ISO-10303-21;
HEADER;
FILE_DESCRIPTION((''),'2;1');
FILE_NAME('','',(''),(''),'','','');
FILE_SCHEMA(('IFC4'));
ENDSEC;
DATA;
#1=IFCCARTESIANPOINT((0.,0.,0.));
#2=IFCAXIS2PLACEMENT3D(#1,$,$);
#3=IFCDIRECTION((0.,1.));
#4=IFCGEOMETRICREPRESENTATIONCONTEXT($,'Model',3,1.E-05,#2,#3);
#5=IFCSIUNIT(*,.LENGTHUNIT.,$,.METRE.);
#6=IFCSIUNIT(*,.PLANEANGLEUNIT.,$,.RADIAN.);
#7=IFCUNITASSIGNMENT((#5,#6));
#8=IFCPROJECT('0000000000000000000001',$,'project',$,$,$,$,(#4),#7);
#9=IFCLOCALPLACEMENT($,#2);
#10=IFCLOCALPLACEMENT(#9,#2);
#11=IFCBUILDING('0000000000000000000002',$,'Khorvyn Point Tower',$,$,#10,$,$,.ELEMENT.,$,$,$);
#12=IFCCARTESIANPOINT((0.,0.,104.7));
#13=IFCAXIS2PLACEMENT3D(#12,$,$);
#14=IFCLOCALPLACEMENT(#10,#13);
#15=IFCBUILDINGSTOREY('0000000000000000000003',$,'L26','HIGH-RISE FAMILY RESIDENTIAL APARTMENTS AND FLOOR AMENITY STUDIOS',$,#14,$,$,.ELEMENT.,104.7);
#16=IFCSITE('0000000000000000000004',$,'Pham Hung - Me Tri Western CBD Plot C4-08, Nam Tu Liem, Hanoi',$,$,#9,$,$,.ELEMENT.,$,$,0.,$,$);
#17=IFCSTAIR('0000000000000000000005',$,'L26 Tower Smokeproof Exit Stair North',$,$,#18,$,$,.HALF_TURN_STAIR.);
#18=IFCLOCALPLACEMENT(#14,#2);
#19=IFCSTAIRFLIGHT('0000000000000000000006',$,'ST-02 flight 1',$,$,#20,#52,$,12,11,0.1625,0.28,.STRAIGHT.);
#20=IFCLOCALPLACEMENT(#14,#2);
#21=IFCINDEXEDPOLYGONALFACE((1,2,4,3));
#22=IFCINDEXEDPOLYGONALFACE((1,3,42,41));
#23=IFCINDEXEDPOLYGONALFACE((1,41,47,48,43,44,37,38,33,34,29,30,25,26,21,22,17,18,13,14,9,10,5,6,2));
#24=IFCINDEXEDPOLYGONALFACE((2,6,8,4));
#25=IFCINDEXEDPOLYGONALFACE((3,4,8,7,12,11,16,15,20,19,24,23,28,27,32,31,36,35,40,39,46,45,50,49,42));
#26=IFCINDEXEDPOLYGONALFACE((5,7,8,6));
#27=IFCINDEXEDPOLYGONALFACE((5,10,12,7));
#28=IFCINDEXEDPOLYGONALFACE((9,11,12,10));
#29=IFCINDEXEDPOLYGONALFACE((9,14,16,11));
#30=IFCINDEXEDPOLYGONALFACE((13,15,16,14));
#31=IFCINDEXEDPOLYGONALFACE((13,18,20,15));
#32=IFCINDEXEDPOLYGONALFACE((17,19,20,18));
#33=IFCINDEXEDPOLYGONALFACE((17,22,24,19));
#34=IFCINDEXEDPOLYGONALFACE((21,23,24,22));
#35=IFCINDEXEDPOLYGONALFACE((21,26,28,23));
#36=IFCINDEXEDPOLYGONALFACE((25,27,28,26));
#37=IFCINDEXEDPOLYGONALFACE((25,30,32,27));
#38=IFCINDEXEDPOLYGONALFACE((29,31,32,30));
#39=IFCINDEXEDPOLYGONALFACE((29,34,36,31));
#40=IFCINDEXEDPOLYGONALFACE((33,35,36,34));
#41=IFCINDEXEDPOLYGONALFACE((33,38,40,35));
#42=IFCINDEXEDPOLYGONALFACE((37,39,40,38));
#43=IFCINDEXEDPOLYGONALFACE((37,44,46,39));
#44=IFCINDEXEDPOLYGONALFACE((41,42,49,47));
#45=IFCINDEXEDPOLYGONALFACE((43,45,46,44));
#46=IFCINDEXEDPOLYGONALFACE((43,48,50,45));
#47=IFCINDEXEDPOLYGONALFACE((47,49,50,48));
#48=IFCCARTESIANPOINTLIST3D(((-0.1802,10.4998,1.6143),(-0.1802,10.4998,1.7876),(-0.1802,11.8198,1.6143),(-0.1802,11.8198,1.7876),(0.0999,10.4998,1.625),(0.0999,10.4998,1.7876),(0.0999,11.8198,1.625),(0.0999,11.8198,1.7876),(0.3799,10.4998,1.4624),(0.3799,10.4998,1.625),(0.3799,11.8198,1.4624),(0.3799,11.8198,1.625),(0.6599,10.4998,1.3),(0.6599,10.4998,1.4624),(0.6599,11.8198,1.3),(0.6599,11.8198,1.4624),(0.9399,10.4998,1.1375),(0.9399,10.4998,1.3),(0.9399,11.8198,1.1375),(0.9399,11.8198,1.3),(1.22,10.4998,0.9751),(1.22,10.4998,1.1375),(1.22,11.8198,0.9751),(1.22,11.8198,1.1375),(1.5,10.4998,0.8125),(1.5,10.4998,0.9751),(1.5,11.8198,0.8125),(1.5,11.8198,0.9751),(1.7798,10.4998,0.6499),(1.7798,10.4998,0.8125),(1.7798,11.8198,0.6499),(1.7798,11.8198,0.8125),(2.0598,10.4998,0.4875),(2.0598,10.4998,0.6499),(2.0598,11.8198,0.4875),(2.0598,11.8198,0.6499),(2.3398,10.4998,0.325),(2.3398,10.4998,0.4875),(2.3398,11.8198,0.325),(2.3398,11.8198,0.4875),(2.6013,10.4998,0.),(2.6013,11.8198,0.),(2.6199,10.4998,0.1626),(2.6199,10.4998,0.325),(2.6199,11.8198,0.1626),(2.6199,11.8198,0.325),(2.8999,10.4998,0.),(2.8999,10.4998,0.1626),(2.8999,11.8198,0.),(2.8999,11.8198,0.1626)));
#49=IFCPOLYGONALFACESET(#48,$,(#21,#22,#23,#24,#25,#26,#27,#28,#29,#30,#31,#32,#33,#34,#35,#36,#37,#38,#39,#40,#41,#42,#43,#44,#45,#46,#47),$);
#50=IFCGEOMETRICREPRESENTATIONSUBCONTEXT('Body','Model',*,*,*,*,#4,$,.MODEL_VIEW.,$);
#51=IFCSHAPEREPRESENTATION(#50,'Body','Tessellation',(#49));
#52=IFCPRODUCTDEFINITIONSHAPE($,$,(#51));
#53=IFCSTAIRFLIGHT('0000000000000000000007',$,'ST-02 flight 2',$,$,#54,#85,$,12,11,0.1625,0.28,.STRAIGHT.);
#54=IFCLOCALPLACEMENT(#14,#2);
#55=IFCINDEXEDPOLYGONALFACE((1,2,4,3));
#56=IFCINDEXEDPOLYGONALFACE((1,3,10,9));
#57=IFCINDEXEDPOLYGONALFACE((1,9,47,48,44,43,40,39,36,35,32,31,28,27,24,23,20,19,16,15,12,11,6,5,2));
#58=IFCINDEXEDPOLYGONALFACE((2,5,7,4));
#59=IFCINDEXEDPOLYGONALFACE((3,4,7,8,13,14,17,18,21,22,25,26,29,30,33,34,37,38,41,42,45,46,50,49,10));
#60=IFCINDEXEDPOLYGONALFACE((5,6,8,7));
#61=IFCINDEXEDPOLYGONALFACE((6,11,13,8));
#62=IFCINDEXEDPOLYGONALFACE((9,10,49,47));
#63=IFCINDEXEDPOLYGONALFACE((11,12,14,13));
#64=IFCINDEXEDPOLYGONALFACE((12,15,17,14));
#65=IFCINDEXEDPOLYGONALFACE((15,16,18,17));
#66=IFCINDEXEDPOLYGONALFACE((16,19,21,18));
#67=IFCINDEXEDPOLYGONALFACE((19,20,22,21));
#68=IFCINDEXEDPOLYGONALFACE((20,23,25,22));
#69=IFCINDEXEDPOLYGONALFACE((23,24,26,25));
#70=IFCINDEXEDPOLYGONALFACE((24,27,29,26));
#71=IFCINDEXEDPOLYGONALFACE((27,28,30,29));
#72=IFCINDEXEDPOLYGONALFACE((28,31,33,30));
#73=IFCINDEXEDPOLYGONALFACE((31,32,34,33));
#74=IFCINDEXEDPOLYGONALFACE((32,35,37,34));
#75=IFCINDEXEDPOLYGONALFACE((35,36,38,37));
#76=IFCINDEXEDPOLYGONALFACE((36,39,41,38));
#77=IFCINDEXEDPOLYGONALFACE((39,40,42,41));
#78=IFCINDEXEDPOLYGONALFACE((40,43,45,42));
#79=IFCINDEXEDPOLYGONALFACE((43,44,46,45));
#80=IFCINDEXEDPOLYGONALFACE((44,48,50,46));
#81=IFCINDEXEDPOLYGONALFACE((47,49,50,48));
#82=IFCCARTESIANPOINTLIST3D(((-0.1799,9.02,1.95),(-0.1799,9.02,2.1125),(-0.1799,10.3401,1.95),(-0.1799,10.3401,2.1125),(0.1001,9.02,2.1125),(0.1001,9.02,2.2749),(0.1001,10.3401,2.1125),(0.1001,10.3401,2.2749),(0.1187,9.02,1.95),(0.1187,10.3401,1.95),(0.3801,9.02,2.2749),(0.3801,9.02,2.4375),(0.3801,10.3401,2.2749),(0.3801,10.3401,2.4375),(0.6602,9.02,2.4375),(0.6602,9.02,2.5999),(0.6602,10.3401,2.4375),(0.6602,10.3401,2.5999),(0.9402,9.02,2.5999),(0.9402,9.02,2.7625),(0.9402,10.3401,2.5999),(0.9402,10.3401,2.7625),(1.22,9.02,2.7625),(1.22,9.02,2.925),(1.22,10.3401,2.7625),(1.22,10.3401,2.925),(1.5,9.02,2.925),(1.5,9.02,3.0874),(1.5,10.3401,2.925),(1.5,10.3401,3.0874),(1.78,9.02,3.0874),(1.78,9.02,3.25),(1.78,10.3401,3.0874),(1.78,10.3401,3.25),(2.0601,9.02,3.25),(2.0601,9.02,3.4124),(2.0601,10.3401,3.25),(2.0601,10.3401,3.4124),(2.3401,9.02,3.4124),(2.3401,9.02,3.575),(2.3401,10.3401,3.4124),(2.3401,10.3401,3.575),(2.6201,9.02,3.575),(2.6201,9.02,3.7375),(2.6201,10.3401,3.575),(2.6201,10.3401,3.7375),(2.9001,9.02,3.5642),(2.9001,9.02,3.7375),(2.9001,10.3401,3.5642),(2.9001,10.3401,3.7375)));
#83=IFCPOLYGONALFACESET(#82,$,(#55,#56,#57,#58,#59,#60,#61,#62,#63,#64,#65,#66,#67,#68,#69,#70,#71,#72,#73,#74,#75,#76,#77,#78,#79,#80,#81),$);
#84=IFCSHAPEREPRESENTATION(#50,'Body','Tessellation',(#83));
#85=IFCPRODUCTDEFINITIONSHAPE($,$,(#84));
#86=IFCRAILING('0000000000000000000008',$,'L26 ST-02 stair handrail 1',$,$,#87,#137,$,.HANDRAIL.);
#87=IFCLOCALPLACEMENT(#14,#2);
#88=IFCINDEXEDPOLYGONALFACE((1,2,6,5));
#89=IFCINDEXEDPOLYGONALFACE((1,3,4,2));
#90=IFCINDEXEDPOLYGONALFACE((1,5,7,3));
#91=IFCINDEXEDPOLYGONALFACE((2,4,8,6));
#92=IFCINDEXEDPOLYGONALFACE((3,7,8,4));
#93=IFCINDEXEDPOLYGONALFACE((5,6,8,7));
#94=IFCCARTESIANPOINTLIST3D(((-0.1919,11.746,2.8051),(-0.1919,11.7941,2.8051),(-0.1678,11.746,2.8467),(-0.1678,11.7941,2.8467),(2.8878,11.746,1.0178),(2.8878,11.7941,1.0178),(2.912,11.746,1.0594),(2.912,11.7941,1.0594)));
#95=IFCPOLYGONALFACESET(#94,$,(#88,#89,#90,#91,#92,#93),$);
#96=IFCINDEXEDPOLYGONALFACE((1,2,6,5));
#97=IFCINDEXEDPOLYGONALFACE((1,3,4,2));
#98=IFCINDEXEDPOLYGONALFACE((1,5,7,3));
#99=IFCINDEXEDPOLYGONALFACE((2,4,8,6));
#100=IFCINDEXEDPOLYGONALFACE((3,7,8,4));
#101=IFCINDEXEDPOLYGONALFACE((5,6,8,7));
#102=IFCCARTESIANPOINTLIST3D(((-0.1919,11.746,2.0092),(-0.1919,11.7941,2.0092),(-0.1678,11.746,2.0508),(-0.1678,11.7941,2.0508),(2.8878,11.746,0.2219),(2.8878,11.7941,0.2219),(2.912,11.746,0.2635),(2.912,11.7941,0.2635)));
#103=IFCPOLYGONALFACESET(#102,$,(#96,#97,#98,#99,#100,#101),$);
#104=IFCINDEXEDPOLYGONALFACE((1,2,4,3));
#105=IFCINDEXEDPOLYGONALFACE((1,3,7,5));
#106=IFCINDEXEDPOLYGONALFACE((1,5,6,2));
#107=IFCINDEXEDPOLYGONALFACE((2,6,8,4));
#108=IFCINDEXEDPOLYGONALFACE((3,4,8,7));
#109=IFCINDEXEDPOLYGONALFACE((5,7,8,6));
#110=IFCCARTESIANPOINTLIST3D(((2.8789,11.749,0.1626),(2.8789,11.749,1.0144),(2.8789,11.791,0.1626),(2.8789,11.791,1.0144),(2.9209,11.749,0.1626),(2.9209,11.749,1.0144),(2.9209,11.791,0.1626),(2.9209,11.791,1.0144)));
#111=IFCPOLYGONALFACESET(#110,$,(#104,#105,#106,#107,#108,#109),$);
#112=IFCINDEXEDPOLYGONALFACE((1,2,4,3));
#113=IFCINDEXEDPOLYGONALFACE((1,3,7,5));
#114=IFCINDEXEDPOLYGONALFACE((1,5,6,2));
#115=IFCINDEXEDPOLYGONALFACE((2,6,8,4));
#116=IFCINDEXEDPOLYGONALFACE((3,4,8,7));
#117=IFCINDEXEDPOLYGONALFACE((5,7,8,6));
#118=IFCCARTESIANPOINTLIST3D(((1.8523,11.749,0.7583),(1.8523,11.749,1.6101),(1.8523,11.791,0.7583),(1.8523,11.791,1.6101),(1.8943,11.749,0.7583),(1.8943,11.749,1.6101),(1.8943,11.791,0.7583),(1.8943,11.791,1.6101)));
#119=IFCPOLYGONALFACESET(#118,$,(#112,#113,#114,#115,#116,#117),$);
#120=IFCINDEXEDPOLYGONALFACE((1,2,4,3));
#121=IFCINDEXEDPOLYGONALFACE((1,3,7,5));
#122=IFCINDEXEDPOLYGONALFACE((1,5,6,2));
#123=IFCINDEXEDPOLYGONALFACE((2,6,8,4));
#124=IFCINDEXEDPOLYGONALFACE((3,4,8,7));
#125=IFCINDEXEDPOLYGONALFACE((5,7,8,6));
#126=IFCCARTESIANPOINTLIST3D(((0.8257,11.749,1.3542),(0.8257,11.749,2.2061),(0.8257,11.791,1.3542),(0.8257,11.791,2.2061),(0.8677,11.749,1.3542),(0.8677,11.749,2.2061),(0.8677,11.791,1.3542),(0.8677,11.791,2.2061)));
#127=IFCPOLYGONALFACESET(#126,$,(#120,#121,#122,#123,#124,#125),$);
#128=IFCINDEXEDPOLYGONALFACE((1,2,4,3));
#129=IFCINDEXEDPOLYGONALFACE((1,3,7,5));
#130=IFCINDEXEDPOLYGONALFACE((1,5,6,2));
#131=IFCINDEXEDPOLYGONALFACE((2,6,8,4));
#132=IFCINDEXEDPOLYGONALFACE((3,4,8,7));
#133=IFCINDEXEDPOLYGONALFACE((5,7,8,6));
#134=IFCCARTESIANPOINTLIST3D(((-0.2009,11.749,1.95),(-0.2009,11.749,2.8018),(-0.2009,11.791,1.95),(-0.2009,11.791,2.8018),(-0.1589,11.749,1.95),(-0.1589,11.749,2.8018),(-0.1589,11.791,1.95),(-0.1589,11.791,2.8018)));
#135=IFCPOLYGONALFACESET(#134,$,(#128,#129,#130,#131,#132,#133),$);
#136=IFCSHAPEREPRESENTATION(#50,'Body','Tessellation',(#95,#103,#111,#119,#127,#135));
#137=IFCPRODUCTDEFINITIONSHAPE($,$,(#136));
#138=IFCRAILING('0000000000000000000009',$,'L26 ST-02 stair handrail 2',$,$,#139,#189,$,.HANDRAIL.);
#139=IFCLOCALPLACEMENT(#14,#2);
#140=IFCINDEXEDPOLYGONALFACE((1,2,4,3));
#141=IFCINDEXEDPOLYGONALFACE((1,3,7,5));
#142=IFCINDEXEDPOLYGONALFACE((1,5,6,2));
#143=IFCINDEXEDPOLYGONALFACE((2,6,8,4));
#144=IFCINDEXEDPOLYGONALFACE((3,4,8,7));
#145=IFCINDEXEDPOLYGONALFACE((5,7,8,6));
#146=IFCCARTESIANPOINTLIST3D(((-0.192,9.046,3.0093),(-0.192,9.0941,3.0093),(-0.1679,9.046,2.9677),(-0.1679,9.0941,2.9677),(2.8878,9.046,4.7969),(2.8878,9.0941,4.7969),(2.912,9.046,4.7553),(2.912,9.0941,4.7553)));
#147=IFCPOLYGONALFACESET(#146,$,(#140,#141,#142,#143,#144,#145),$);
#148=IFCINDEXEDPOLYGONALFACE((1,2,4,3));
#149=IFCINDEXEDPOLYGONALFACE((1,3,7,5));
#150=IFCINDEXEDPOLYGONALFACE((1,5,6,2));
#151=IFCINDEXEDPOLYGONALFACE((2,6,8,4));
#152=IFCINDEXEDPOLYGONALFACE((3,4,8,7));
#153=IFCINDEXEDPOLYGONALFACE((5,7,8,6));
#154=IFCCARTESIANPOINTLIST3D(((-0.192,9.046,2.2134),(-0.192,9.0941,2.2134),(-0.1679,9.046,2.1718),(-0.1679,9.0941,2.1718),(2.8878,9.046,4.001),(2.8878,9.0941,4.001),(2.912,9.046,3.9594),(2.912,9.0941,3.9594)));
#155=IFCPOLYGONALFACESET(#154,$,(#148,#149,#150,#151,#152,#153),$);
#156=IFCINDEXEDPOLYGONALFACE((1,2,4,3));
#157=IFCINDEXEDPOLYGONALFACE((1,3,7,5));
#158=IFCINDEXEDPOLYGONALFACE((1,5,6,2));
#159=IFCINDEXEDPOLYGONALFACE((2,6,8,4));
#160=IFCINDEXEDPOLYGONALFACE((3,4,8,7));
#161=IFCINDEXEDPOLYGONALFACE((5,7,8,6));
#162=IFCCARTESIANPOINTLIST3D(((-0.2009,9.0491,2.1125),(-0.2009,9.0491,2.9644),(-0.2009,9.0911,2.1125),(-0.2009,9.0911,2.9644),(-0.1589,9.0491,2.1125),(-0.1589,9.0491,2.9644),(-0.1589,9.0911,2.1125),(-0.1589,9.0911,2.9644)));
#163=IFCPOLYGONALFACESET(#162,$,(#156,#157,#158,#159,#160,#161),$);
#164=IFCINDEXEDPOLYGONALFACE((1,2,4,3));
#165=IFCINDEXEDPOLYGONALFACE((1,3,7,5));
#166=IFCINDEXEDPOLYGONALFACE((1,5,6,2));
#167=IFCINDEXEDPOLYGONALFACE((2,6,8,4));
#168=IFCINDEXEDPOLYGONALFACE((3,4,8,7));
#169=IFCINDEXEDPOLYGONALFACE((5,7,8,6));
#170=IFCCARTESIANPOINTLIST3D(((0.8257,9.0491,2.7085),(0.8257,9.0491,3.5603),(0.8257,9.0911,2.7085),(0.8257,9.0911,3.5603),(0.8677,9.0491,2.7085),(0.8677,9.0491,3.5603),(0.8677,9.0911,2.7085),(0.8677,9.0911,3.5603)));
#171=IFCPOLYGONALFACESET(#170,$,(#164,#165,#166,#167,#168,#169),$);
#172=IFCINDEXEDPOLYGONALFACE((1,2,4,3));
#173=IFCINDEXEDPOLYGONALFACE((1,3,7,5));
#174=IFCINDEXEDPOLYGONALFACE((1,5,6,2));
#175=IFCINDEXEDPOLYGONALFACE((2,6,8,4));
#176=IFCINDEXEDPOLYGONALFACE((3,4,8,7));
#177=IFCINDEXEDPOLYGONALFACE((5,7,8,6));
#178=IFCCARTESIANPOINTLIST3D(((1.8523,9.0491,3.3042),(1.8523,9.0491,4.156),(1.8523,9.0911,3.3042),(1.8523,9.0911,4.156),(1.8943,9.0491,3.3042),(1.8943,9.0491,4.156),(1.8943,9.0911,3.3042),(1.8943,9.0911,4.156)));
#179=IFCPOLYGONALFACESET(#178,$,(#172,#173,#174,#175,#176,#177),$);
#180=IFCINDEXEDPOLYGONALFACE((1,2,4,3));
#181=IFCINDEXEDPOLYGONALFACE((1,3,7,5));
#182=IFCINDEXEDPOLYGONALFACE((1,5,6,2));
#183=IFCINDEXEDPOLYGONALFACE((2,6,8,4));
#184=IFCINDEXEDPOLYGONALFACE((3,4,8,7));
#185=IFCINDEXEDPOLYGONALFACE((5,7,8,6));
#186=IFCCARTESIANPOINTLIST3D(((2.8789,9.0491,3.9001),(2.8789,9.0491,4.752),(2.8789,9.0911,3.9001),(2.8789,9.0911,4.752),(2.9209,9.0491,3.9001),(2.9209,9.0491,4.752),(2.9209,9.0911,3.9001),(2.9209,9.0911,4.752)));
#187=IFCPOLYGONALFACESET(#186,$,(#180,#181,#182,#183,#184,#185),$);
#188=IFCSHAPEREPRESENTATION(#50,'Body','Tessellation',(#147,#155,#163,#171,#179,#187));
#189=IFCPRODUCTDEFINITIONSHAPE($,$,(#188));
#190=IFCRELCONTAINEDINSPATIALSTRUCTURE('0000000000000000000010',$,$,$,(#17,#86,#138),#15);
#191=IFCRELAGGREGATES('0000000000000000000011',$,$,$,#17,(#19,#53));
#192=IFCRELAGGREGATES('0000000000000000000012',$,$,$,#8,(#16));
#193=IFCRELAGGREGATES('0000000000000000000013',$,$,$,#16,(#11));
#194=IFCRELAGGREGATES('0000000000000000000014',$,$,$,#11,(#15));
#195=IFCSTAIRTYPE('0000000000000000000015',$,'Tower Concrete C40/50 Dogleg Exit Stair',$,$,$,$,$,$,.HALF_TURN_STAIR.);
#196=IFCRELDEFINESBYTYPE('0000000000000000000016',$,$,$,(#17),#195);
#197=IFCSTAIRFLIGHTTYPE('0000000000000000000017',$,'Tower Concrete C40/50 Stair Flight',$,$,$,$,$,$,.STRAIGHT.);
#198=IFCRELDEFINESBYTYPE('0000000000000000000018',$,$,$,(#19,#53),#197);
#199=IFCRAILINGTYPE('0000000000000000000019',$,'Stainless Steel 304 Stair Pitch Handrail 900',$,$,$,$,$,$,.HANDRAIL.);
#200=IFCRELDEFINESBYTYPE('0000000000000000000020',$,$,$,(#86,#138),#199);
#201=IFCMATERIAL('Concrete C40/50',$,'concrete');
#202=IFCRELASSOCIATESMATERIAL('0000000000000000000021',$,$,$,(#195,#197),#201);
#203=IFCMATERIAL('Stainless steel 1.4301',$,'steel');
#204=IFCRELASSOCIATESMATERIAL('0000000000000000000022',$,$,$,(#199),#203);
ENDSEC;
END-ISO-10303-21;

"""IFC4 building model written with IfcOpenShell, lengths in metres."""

from ifc_helpers import new_model, si_unit, direction, frame, origin, origin_2d, place, context, subcontext, project, spatial, polyline, rectangle, outline, extrude, material, type_object, element, aggregate, save


model = new_model("IFC4")

# Units and contexts
model_context = context("Model", 3, precision=1e-05, world=origin(), true_north=direction((0.0, 1.0)))
body_context = subcontext(model_context, "Body", "Model", "MODEL_VIEW")
ifc_project = project(units=[si_unit("LENGTHUNIT", "METRE"), si_unit("PLANEANGLEUNIT", "RADIAN")], contexts=[model_context])

# Site, building, storey
site_placement = place(None, origin())
site = spatial("IfcSite", under=ifc_project, at=site_placement, Name="Pham Hung - Me Tri Western CBD Plot C4-08, Nam Tu Liem, Hanoi", CompositionType="ELEMENT", RefElevation=0.0)
building_placement = place(site_placement, origin())
building = spatial("IfcBuilding", under=site, at=building_placement, Name="Khorvyn Point Tower", CompositionType="ELEMENT")
storey_placement = place(building_placement, frame((0.0, 0.0, 104.7)))
storey = spatial("IfcBuildingStorey", under=building, at=storey_placement, Name="L26", Description="HIGH-RISE FAMILY RESIDENTIAL APARTMENTS AND FLOOR AMENITY STUDIOS", CompositionType="ELEMENT", Elevation=104.7)

# Shared definitions
ifc_material_1 = material(Name="Concrete C40/50", Category="concrete")

# Shared definitions
ifc_material_2 = material(Name="Stainless steel 1.4301", Category="steel")

# Stair, stair flights
stair_type = type_object("IfcStairType", Name="Tower Concrete C40/50 Dogleg Exit Stair", PredefinedType="HALF_TURN_STAIR", material=ifc_material_1)
stair_placement = place(storey_placement, origin())
stair = element("IfcStair", 1, at=stair_placement, inside=storey, type_object=stair_type, Name="L26 Tower Smokeproof Exit Stair North", PredefinedType="HALF_TURN_STAIR")
stair_flight_type = type_object("IfcStairFlightType", Name="Tower Concrete C40/50 Stair Flight", PredefinedType="STRAIGHT", material=ifc_material_1)
stair_flight_1_placement = place(storey_placement, frame((2.8999, 11.1599, 0.0), z_axis=(0.0, 0.0, 1.0), x_axis=(-1.0, 0.0, 0.0)))
stair_flight_1 = element("IfcStairFlight", 2, at=stair_flight_1_placement, type_object=stair_flight_type, Name="ST-02 flight 1", NumberOfRisers=12, NumberOfTreads=11, PredefinedType="STRAIGHT", RiserHeight=0.1625, TreadLength=0.28, context=body_context, shape_type="SweptSolid", body=[
    extrude(outline(polyline([(0.0, 0.0), (0.0, 0.1626), (0.28, 0.1626), (0.28, 0.325), (0.5601, 0.325), (0.5601, 0.4875), (0.8401, 0.4875), (0.8401, 0.6499), (1.1201, 0.6499), (1.1201, 0.8125), (1.3999, 0.8125), (1.3999, 0.9751), (1.6799, 0.9751), (1.6799, 1.1375), (1.96, 1.1375), (1.96, 1.3), (2.24, 1.3), (2.24, 1.4624), (2.52, 1.4624), (2.52, 1.625), (2.8, 1.625), (2.8, 1.7876), (3.0801, 1.7876), (3.0801, 1.95), (3.0801, 1.6143), (0.2986, 0.0), (0.0, 0.0)])), frame((0.0, 0.6602, 0.0), z_axis=(0.0, -1.0, 0.0), x_axis=(1.0, 0.0, 0.0)), (0.0, 0.0, 1.0), 1.3201),
])
stair_flight_2_placement = place(storey_placement, frame((-0.1799, 9.6799, 1.95), z_axis=(0.0, 0.0, 1.0), x_axis=(1.0, 0.0, 0.0)))
stair_flight_2 = element("IfcStairFlight", 3, at=stair_flight_2_placement, type_object=stair_flight_type, Name="ST-02 flight 2", NumberOfRisers=12, NumberOfTreads=11, PredefinedType="STRAIGHT", RiserHeight=0.1625, TreadLength=0.28, context=body_context, shape_type="SweptSolid", body=[
    extrude(outline(polyline([(0.0, 0.0), (0.0, 0.1626), (0.28, 0.1626), (0.28, 0.325), (0.5601, 0.325), (0.5601, 0.4875), (0.8401, 0.4875), (0.8401, 0.6499), (1.1201, 0.6499), (1.1201, 0.8125), (1.3999, 0.8125), (1.3999, 0.9751), (1.6799, 0.9751), (1.6799, 1.1375), (1.96, 1.1375), (1.96, 1.3), (2.24, 1.3), (2.24, 1.4624), (2.52, 1.4624), (2.52, 1.625), (2.8, 1.625), (2.8, 1.7876), (3.0801, 1.7876), (3.0801, 1.95), (3.0801, 1.6143), (0.2986, 0.0), (0.0, 0.0)])), frame((0.0, 0.6602, 0.0), z_axis=(0.0, -1.0, 0.0), x_axis=(1.0, 0.0, 0.0)), (0.0, 0.0, 1.0), 1.3201),
])
aggregate(stair, [stair_flight_1, stair_flight_2])

# Railings
railing_type_1 = type_object("IfcRailingType", Name="Stainless Steel 304 Stair Pitch Handrail 900", PredefinedType="HANDRAIL", material=ifc_material_2)
railing_1_placement = place(storey_placement, frame((2.8999, 11.77, 0.1626)))
element("IfcRailing", 4, at=railing_1_placement, inside=storey, type_object=railing_type_1, Name="L26 ST-02 stair handrail 1", PredefinedType="HANDRAIL", context=body_context, shape_type="SweptSolid", body=[
    extrude(rectangle(XDim=0.0481, YDim=0.0481, at=origin_2d()), frame((0.0, 0.0, 0.876), z_axis=(-0.864903, 0.0, 0.501939), x_axis=(0.0, -1.0, 0.0)), (0.0, 0.0, 1.0), 3.5608),
    extrude(rectangle(XDim=0.0481, YDim=0.0481, at=origin_2d()), frame((0.0, 0.0, 0.0801), z_axis=(-0.864903, 0.0, 0.501939), x_axis=(0.0, -1.0, 0.0)), (0.0, 0.0, 1.0), 3.5608),
    extrude(rectangle(XDim=0.042, YDim=0.042, at=origin_2d()), origin(), (0.0, 0.0, 1.0), 0.8518),
    extrude(rectangle(XDim=0.042, YDim=0.042, at=origin_2d()), frame((-1.0266, 0.0, 0.5957)), (0.0, 0.0, 1.0), 0.8518),
    extrude(rectangle(XDim=0.042, YDim=0.042, at=origin_2d()), frame((-2.0532, 0.0, 1.1917)), (0.0, 0.0, 1.0), 0.8518),
    extrude(rectangle(XDim=0.042, YDim=0.042, at=origin_2d()), frame((-3.0798, 0.0, 1.7874)), (0.0, 0.0, 1.0), 0.8518),
])
railing_2_placement = place(storey_placement, frame((-0.1799, 9.0701, 2.1125)))
element("IfcRailing", 5, at=railing_2_placement, inside=storey, type_object=railing_type_1, Name="L26 ST-02 stair handrail 2", PredefinedType="HANDRAIL", context=body_context, shape_type="SweptSolid", body=[
    extrude(rectangle(XDim=0.0481, YDim=0.0481, at=origin_2d()), frame((0.0, 0.0, 0.876), z_axis=(0.864873, 0.0, 0.50199), x_axis=(0.0, 1.0, 0.0)), (0.0, 0.0, 1.0), 3.561),
    extrude(rectangle(XDim=0.0481, YDim=0.0481, at=origin_2d()), frame((0.0, 0.0, 0.0801), z_axis=(0.864873, 0.0, 0.50199), x_axis=(0.0, 1.0, 0.0)), (0.0, 0.0, 1.0), 3.561),
    extrude(rectangle(XDim=0.042, YDim=0.042, at=origin_2d()), origin(), (0.0, 0.0, 1.0), 0.8518),
    extrude(rectangle(XDim=0.042, YDim=0.042, at=origin_2d()), frame((1.0266, 0.0, 0.5959)), (0.0, 0.0, 1.0), 0.8518),
    extrude(rectangle(XDim=0.042, YDim=0.042, at=origin_2d()), frame((2.0532, 0.0, 1.1917)), (0.0, 0.0, 1.0), 0.8518),
    extrude(rectangle(XDim=0.042, YDim=0.042, at=origin_2d()), frame((3.0798, 0.0, 1.7876)), (0.0, 0.0, 1.0), 0.8518),
])

save(model, "model.ifc")
